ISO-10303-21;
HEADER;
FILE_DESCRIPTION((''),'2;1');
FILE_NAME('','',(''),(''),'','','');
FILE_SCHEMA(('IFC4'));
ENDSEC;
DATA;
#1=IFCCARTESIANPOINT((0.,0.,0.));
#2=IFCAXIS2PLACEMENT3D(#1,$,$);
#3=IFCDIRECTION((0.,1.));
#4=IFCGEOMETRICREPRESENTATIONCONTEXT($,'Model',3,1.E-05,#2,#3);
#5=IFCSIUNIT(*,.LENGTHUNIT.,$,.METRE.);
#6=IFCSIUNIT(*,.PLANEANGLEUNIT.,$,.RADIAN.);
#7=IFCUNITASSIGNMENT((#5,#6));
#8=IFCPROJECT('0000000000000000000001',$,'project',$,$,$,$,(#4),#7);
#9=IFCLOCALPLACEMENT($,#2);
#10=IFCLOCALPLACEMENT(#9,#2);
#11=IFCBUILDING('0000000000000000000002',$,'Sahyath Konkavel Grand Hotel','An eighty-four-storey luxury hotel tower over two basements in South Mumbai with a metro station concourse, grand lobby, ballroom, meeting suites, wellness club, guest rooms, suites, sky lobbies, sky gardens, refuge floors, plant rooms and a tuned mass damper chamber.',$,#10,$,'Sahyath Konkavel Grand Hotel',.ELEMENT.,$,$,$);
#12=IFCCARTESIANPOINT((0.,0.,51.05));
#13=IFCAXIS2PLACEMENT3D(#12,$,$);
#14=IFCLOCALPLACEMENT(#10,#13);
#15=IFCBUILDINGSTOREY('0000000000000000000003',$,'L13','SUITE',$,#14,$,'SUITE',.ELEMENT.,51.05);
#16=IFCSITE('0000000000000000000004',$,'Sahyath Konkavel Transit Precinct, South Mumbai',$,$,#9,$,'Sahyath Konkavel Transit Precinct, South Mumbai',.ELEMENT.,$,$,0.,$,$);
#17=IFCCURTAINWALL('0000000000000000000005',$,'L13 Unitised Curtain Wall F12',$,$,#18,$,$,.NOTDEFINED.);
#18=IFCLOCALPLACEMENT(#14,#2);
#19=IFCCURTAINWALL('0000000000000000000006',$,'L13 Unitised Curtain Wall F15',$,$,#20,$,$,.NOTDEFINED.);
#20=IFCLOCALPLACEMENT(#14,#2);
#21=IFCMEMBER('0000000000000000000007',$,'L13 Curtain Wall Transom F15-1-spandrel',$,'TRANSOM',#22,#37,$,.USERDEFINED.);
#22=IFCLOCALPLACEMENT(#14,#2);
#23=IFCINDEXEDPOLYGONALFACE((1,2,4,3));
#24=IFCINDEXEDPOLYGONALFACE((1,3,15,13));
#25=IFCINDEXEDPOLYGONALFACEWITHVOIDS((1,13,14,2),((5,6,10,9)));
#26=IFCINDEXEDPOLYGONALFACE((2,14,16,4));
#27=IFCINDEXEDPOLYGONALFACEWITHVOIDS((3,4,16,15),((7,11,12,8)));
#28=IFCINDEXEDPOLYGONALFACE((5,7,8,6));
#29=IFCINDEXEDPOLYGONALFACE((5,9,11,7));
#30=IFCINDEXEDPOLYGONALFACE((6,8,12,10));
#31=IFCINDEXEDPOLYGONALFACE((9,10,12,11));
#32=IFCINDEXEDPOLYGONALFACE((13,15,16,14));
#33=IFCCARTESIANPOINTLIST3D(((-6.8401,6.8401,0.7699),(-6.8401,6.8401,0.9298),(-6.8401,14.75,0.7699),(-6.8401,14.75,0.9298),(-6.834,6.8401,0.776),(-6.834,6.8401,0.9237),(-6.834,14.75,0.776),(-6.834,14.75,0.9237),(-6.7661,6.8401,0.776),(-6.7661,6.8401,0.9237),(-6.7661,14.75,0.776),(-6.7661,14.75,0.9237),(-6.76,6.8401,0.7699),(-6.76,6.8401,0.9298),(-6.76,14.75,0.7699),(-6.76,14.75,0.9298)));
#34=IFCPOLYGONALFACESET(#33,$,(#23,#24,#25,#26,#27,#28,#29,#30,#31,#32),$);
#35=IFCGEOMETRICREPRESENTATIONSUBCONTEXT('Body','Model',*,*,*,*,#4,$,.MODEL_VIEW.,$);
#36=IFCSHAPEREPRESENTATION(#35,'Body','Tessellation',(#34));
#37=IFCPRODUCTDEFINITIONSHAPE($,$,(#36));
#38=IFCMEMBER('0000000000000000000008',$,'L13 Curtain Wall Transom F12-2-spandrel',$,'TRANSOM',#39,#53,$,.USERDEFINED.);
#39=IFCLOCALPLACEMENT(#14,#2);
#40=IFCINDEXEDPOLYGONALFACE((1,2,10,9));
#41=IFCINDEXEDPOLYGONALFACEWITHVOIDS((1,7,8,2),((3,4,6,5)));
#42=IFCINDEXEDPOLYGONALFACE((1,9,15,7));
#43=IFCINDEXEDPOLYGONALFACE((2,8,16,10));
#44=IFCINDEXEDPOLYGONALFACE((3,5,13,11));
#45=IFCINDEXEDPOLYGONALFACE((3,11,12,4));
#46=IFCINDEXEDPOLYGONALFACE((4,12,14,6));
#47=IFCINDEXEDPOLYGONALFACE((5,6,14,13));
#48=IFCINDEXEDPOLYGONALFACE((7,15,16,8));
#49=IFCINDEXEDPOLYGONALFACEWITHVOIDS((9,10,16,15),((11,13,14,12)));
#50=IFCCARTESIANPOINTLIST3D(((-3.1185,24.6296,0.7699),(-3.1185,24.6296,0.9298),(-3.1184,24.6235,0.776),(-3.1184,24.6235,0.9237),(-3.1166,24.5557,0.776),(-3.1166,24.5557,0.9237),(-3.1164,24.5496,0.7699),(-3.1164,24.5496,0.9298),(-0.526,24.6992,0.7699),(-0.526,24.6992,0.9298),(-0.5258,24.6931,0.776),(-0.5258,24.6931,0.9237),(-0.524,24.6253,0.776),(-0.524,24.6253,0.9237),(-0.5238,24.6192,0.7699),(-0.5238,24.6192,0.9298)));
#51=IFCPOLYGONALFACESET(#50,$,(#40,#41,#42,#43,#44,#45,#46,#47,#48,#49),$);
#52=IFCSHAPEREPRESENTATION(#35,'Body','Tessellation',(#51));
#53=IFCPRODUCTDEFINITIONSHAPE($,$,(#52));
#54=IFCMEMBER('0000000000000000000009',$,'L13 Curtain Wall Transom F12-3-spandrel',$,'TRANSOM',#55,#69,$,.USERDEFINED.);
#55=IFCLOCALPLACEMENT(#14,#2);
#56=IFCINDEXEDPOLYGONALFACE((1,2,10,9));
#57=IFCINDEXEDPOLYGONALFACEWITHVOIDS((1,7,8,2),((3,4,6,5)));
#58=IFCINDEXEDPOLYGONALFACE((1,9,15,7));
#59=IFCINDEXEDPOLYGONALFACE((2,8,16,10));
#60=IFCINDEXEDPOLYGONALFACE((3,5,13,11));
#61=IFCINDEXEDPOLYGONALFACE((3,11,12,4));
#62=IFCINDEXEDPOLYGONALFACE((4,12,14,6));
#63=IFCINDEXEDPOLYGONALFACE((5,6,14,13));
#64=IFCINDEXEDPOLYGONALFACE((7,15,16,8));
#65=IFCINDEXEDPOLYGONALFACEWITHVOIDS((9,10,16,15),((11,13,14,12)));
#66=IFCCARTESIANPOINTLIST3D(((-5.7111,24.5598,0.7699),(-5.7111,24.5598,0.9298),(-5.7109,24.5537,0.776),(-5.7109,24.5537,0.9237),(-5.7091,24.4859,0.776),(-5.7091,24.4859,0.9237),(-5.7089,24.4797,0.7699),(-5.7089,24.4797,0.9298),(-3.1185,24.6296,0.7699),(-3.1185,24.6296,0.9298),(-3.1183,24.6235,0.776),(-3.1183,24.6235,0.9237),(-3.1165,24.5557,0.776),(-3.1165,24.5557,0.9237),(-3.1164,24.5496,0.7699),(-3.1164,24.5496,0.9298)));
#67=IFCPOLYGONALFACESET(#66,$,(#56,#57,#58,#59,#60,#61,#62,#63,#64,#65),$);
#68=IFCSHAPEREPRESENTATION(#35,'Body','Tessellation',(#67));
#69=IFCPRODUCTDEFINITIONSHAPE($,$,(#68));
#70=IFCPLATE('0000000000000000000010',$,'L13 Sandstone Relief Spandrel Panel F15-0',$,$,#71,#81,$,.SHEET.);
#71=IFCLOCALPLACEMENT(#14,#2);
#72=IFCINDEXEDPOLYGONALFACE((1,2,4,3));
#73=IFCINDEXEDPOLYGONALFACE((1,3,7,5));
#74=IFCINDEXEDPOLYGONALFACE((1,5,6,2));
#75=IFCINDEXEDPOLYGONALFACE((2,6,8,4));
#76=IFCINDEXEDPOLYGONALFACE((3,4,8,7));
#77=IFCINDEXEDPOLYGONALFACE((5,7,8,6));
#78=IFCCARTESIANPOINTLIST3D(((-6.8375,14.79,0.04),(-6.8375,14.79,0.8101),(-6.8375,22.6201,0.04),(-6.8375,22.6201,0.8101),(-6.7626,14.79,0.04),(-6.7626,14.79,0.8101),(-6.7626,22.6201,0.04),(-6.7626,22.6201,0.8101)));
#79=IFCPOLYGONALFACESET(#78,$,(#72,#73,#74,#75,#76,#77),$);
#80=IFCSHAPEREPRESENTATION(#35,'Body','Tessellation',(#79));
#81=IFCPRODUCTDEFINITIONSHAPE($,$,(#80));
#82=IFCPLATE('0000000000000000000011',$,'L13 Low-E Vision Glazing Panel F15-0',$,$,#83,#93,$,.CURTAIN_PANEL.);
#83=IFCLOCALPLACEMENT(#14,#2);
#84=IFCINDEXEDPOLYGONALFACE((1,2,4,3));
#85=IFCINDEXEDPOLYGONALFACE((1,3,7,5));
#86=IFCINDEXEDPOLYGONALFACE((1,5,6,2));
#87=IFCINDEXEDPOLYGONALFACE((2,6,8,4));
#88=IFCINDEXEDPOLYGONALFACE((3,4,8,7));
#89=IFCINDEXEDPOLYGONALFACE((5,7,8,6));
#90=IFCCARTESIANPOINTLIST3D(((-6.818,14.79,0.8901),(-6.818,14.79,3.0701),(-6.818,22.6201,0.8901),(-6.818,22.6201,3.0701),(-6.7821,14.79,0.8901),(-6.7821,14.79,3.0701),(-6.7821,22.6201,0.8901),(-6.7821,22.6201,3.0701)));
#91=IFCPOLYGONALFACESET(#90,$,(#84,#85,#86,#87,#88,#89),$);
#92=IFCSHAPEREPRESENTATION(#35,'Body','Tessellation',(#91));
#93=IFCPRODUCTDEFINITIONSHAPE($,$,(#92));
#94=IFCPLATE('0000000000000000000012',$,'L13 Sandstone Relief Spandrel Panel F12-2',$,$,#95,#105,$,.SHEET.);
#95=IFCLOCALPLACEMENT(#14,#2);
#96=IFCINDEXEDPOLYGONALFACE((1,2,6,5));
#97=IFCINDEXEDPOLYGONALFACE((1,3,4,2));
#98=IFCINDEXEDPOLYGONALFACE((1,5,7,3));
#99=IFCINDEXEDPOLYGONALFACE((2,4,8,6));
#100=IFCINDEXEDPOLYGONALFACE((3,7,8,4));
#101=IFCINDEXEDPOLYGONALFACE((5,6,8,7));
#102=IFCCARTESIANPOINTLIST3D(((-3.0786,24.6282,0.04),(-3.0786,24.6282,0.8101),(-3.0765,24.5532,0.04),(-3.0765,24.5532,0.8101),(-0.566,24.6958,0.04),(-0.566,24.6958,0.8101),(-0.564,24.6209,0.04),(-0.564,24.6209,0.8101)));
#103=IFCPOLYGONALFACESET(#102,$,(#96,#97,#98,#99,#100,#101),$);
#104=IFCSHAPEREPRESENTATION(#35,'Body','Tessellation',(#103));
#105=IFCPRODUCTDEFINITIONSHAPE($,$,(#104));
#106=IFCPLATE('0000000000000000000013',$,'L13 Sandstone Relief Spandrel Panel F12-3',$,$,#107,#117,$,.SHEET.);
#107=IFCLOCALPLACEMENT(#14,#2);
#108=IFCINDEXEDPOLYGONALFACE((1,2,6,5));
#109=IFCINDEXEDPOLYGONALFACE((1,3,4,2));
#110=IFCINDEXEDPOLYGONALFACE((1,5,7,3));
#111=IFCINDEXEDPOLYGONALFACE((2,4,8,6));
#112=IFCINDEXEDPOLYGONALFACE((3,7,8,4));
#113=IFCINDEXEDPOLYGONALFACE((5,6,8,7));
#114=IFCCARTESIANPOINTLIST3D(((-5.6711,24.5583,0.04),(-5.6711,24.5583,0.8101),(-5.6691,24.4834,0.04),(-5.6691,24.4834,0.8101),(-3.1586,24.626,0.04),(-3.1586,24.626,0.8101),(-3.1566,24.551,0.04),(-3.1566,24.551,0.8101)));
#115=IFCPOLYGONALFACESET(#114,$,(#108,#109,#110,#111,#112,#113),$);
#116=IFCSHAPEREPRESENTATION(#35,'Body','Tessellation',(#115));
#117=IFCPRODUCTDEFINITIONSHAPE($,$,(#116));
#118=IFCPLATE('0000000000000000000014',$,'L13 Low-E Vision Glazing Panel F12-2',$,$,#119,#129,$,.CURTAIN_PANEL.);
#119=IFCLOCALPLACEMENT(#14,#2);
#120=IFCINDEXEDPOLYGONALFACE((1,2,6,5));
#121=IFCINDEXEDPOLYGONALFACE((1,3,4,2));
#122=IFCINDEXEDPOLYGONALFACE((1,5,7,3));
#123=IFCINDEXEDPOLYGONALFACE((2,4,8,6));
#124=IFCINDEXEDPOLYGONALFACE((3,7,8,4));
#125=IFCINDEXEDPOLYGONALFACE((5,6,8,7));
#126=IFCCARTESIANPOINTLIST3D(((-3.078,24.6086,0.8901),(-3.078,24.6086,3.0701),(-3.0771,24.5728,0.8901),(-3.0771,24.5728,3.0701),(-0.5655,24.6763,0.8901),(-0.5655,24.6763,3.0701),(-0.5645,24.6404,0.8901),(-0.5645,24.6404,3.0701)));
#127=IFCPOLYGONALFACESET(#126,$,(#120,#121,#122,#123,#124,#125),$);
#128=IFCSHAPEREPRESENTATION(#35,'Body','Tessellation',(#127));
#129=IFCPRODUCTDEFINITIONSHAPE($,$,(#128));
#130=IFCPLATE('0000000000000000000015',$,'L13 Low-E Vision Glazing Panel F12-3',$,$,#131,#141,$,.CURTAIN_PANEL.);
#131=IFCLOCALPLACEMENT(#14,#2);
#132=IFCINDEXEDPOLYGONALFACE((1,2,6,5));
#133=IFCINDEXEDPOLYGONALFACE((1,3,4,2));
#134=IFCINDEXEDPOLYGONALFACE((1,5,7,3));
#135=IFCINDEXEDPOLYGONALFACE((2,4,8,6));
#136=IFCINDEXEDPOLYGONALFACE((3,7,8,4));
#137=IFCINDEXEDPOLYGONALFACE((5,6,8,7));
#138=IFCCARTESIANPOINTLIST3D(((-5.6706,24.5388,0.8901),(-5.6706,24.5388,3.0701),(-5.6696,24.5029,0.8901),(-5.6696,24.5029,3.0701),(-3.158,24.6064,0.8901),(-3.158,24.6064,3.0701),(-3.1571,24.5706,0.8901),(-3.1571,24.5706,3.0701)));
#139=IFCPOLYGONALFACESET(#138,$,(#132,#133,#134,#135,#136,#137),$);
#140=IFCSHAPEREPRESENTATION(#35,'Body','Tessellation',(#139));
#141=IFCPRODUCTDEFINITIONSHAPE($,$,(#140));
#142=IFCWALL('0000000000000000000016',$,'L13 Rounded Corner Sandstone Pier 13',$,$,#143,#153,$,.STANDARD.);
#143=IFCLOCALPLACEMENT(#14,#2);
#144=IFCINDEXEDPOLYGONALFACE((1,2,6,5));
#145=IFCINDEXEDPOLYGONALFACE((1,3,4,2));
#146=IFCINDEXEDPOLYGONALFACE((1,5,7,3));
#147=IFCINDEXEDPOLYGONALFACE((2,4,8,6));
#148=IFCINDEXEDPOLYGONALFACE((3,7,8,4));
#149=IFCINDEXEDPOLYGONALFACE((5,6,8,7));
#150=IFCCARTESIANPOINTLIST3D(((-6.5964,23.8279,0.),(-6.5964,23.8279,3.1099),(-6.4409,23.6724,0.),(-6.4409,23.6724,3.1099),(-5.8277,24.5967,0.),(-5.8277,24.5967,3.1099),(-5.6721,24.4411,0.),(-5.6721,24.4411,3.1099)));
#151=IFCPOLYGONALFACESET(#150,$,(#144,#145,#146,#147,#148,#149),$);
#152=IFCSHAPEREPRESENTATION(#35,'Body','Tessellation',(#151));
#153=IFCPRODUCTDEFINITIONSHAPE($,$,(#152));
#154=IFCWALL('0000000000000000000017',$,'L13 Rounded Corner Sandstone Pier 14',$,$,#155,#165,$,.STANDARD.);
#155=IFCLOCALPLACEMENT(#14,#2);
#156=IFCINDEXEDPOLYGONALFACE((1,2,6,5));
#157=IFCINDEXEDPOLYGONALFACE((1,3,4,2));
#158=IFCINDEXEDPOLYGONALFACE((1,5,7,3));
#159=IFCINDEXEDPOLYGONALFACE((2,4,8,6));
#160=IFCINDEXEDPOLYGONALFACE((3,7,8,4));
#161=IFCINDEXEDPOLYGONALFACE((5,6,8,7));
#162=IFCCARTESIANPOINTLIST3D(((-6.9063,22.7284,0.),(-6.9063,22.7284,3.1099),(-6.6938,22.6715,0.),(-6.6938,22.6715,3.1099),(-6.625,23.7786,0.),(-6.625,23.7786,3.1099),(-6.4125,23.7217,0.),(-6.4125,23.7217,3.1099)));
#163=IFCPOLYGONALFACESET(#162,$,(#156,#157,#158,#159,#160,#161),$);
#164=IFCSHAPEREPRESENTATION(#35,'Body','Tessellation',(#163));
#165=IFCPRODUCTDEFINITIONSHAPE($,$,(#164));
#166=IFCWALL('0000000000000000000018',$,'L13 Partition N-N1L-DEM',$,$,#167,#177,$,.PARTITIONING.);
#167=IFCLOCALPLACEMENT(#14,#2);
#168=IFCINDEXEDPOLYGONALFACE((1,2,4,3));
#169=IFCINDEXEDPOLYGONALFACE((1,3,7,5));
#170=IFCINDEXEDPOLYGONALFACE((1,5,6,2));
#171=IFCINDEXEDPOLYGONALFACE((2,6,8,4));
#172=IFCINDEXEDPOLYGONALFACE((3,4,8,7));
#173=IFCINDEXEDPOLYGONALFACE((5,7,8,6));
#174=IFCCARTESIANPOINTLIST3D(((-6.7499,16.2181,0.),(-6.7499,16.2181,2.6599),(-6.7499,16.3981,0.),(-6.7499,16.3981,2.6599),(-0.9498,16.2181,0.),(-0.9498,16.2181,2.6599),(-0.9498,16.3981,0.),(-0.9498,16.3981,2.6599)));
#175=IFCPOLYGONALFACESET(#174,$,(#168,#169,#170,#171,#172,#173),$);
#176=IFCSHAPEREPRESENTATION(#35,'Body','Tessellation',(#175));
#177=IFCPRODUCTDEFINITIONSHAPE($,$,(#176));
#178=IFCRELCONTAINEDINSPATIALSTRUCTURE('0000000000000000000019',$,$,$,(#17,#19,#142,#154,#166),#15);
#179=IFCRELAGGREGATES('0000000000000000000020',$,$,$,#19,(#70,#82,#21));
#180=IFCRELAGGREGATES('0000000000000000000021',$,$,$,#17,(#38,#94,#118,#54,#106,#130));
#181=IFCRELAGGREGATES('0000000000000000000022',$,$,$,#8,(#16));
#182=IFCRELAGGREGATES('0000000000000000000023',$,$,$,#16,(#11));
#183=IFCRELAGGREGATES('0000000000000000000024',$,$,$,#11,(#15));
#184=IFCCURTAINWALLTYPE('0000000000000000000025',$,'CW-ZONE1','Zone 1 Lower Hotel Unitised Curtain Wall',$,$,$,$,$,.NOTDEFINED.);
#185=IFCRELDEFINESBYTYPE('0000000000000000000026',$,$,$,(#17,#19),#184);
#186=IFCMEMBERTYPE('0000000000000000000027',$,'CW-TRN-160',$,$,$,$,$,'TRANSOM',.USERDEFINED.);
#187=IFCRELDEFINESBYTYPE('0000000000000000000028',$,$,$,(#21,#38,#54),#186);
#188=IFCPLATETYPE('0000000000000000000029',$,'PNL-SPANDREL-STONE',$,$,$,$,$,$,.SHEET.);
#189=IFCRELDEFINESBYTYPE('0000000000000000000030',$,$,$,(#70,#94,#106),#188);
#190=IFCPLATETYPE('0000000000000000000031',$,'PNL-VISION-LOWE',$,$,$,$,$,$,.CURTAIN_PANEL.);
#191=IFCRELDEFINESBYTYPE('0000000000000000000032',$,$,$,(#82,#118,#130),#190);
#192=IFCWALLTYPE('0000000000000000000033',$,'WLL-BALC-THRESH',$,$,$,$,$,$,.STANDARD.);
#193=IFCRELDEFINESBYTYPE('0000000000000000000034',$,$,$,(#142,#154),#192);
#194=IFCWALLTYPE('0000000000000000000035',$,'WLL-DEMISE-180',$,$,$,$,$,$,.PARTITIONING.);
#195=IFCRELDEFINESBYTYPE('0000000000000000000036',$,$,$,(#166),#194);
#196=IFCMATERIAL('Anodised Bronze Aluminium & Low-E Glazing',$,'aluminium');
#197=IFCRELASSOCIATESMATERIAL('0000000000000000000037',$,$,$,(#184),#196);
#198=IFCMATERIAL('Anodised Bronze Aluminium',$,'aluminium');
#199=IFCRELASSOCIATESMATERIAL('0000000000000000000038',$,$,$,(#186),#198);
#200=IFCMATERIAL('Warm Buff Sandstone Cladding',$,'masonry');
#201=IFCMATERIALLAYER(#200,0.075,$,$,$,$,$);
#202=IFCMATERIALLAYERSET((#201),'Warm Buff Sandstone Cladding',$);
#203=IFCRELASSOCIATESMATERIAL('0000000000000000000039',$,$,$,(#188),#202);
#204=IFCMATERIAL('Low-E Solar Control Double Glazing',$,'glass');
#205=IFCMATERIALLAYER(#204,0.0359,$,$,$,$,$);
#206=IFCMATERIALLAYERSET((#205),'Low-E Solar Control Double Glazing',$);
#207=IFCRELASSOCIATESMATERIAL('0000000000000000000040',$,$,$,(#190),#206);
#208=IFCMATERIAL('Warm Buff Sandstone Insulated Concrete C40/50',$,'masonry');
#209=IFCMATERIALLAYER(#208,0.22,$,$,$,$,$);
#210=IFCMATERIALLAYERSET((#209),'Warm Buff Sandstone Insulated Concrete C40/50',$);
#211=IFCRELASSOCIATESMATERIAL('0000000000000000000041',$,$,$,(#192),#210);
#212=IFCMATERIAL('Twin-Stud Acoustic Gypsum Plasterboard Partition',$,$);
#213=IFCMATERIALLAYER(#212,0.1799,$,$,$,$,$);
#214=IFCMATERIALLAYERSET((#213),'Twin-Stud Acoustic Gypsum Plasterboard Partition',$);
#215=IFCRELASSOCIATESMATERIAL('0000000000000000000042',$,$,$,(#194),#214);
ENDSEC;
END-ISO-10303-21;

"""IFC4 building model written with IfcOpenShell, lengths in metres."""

from ifc_helpers import new_model, si_unit, direction, frame, frame_2d, origin, origin_2d, place, context, subcontext, project, spatial, rectangle, hollow_rectangle, extrude, source, transform, mapped, material, layer, layer_set, material_profile, profile_set, type_object, element, aggregate, save


model = new_model("IFC4")

# Units and contexts
model_context = context("Model", 3, precision=1e-05, world=origin(), true_north=direction((0.0, 1.0)))
body_context = subcontext(model_context, "Body", "Model", "MODEL_VIEW")
ifc_project = project(units=[si_unit("LENGTHUNIT", "METRE"), si_unit("PLANEANGLEUNIT", "RADIAN")], contexts=[model_context])

# Site, building, storey
site_placement = place(None, origin())
site = spatial("IfcSite", under=ifc_project, at=site_placement, Name="Sahyath Konkavel Transit Precinct, South Mumbai", LongName="Sahyath Konkavel Transit Precinct, South Mumbai", CompositionType="ELEMENT", RefElevation=0.0)
building_placement = place(site_placement, origin())
building = spatial("IfcBuilding", under=site, at=building_placement, Name="Sahyath Konkavel Grand Hotel", Description="An eighty-four-storey luxury hotel tower over two basements in South Mumbai with a metro station concourse, grand lobby, ballroom, meeting suites, wellness club, guest rooms, suites, sky lobbies, sky gardens, refuge floors, plant rooms and a tuned mass damper chamber.", LongName="Sahyath Konkavel Grand Hotel", CompositionType="ELEMENT")
storey_placement = place(building_placement, frame((0.0, 0.0, 51.05)))
storey = spatial("IfcBuildingStorey", under=building, at=storey_placement, Name="L13", Description="SUITE", LongName="SUITE", CompositionType="ELEMENT", Elevation=51.05)

# Curtain walls
ifc_material_1 = material(Name="Anodised Bronze Aluminium & Low-E Glazing", Category="aluminium")
curtain_wall_type = type_object("IfcCurtainWallType", Name="CW-ZONE1", Description="Zone 1 Lower Hotel Unitised Curtain Wall", PredefinedType="NOTDEFINED", material=ifc_material_1)
curtain_wall_1_placement = place(storey_placement, origin())
curtain_wall_1 = element("IfcCurtainWall", 1, at=curtain_wall_1_placement, inside=storey, type_object=curtain_wall_type, Name="L13 Unitised Curtain Wall F12", PredefinedType="NOTDEFINED")
ifc_material_2 = material(Name="Anodised Bronze Aluminium", Category="aluminium")
curtain_wall_2_placement = place(storey_placement, origin())
curtain_wall_2 = element("IfcCurtainWall", 2, at=curtain_wall_2_placement, inside=storey, type_object=curtain_wall_type, Name="L13 Unitised Curtain Wall F15", PredefinedType="NOTDEFINED")

# Members
ifc_material_profile_1 = material_profile(ifc_material_2, hollow_rectangle(XDim=0.0801, YDim=0.1599, WallThickness=0.0061, at=origin_2d()), Name="RHS 160x80x6")
ifc_profile_set_1 = profile_set([ifc_material_profile_1], Name="Anodised Bronze Aluminium")
member_type_1 = type_object("IfcMemberType", Name="CW-TRN-160", ElementType="TRANSOM", PredefinedType="USERDEFINED", material=ifc_profile_set_1)
shared_shape_1 = source(origin(), body_context, "Body", "SweptSolid", [
    extrude(hollow_rectangle(XDim=0.0801, YDim=0.1599, WallThickness=0.0061, at=origin_2d()), origin(), (0.0, 0.0, 1.0), 7.9099),
])
member_1_placement = place(storey_placement, frame((-6.8, 14.75, 0.8499), z_axis=(0.0, -1.0, 0.0), x_axis=(1.0, 0.0, 0.0)))
member_1 = element("IfcMember", 3, at=member_1_placement, type_object=member_type_1, Name="L13 Curtain Wall Transom F15-1-spandrel", ObjectType="TRANSOM", PredefinedType="USERDEFINED", context=body_context, shape_type="MappedRepresentation", body=[
    mapped(shared_shape_1, transform((0.0, 0.0, 0.0), scale=1.0)),
])
shared_shape_2 = source(origin(), body_context, "Body", "SweptSolid", [
    extrude(hollow_rectangle(XDim=0.0801, YDim=0.1599, WallThickness=0.0061, at=origin_2d()), origin(), (0.0, 0.0, 1.0), 2.5935),
])
member_2_placement = place(storey_placement, frame((-0.5249, 24.6592, 0.8499), z_axis=(-0.99964, -0.026829, 0.0), x_axis=(0.026829, -0.99964, 0.0)))
member_2 = element("IfcMember", 4, at=member_2_placement, type_object=member_type_1, Name="L13 Curtain Wall Transom F12-2-spandrel", ObjectType="TRANSOM", PredefinedType="USERDEFINED", context=body_context, shape_type="MappedRepresentation", body=[
    mapped(shared_shape_2, transform((0.0, 0.0, 0.0), scale=1.0)),
])
member_3_placement = place(storey_placement, frame((-3.1174, 24.5896, 0.8499), z_axis=(-0.999638, -0.026923, 0.0), x_axis=(0.026923, -0.999638, 0.0)))
member_3 = element("IfcMember", 5, at=member_3_placement, type_object=member_type_1, Name="L13 Curtain Wall Transom F12-3-spandrel", ObjectType="TRANSOM", PredefinedType="USERDEFINED", context=body_context, shape_type="MappedRepresentation", body=[
    mapped(shared_shape_2, transform((0.0, 0.0, 0.0), scale=1.0)),
])

# Plates
ifc_material_3 = material(Name="Warm Buff Sandstone Cladding", Category="masonry")
ifc_layer_1 = layer(ifc_material_3, 0.075)
ifc_layer_set_1 = layer_set([ifc_layer_1], Name="Warm Buff Sandstone Cladding")
plate_type_1 = type_object("IfcPlateType", Name="PNL-SPANDREL-STONE", PredefinedType="SHEET", material=ifc_layer_set_1)
shared_shape_3 = source(origin(), body_context, "Body", "SweptSolid", [
    extrude(rectangle(XDim=7.8301, YDim=0.075, at=origin_2d()), origin(), (0.0, 0.0, 1.0), 0.77),
])
plate_1_placement = place(storey_placement, frame((-6.8, 18.7051, 0.04), z_axis=(0.0, 0.0, 1.0), x_axis=(0.0, -1.0, 0.0)))
plate_1 = element("IfcPlate", 6, at=plate_1_placement, type_object=plate_type_1, Name="L13 Sandstone Relief Spandrel Panel F15-0", PredefinedType="SHEET", context=body_context, shape_type="MappedRepresentation", body=[
    mapped(shared_shape_3, transform((0.0, 0.0, 0.0), scale=1.0)),
])
ifc_material_4 = material(Name="Low-E Solar Control Double Glazing", Category="glass")
ifc_layer_2 = layer(ifc_material_4, 0.0359)
ifc_layer_set_2 = layer_set([ifc_layer_2], Name="Low-E Solar Control Double Glazing")
plate_type_2 = type_object("IfcPlateType", Name="PNL-VISION-LOWE", PredefinedType="CURTAIN_PANEL", material=ifc_layer_set_2)
shared_shape_4 = source(origin(), body_context, "Body", "SweptSolid", [
    extrude(rectangle(XDim=7.8301, YDim=0.0359, at=origin_2d()), origin(), (0.0, 0.0, 1.0), 2.1799),
])
plate_2_placement = place(storey_placement, frame((-6.8, 18.7051, 0.8901), z_axis=(0.0, 0.0, 1.0), x_axis=(0.0, -1.0, 0.0)))
plate_2 = element("IfcPlate", 7, at=plate_2_placement, type_object=plate_type_2, Name="L13 Low-E Vision Glazing Panel F15-0", PredefinedType="CURTAIN_PANEL", context=body_context, shape_type="MappedRepresentation", body=[
    mapped(shared_shape_4, transform((0.0, 0.0, 0.0), scale=1.0)),
])
aggregate(curtain_wall_2, [plate_1, plate_2, member_1])
shared_shape_5 = source(origin(), body_context, "Body", "SweptSolid", [
    extrude(rectangle(XDim=2.5134, YDim=0.075, at=origin_2d()), origin(), (0.0, 0.0, 1.0), 0.77),
])
plate_3_placement = place(storey_placement, frame((-1.8213, 24.6245, 0.04), z_axis=(0.0, 0.0, 1.0), x_axis=(-0.999638, -0.02691, 0.0)))
plate_3 = element("IfcPlate", 8, at=plate_3_placement, type_object=plate_type_1, Name="L13 Sandstone Relief Spandrel Panel F12-2", PredefinedType="SHEET", context=body_context, shape_type="MappedRepresentation", body=[
    mapped(shared_shape_5, transform((0.0, 0.0, 0.0), scale=1.0)),
])
plate_4_placement = place(storey_placement, frame((-4.4138, 24.5547, 0.04), z_axis=(0.0, 0.0, 1.0), x_axis=(-0.999638, -0.02691, 0.0)))
plate_4 = element("IfcPlate", 9, at=plate_4_placement, type_object=plate_type_1, Name="L13 Sandstone Relief Spandrel Panel F12-3", PredefinedType="SHEET", context=body_context, shape_type="MappedRepresentation", body=[
    mapped(shared_shape_5, transform((0.0, 0.0, 0.0), scale=1.0)),
])
shared_shape_6 = source(origin(), body_context, "Body", "SweptSolid", [
    extrude(rectangle(XDim=2.5134, YDim=0.0359, at=origin_2d()), origin(), (0.0, 0.0, 1.0), 2.1799),
])
plate_5_placement = place(storey_placement, frame((-1.8213, 24.6245, 0.8901), z_axis=(0.0, 0.0, 1.0), x_axis=(-0.999638, -0.02691, 0.0)))
plate_5 = element("IfcPlate", 10, at=plate_5_placement, type_object=plate_type_2, Name="L13 Low-E Vision Glazing Panel F12-2", PredefinedType="CURTAIN_PANEL", context=body_context, shape_type="MappedRepresentation", body=[
    mapped(shared_shape_6, transform((0.0, 0.0, 0.0), scale=1.0)),
])
plate_6_placement = place(storey_placement, frame((-4.4138, 24.5547, 0.8901), z_axis=(0.0, 0.0, 1.0), x_axis=(-0.999638, -0.02691, 0.0)))
plate_6 = element("IfcPlate", 11, at=plate_6_placement, type_object=plate_type_2, Name="L13 Low-E Vision Glazing Panel F12-3", PredefinedType="CURTAIN_PANEL", context=body_context, shape_type="MappedRepresentation", body=[
    mapped(shared_shape_6, transform((0.0, 0.0, 0.0), scale=1.0)),
])
aggregate(curtain_wall_1, [member_2, plate_3, plate_5, member_3, plate_4, plate_6])

# Walls
ifc_material_5 = material(Name="Warm Buff Sandstone Insulated Concrete C40/50", Category="masonry")
ifc_layer_3 = layer(ifc_material_5, 0.22)
ifc_layer_set_3 = layer_set([ifc_layer_3], Name="Warm Buff Sandstone Insulated Concrete C40/50")
wall_type_1 = type_object("IfcWallType", Name="WLL-BALC-THRESH", PredefinedType="STANDARD", material=ifc_layer_set_3)
for number, where, z_axis, x_axis, name in (
    (12, (-5.75, 24.5188, 0.0), (0.0, 0.0, 1.0), (-0.707107, -0.707107, 0.0), "L13 Rounded Corner Sandstone Pier 13"),
    (13, (-6.5188, 23.75, 0.0), (0.0, 0.0, 1.0), (-0.258725, -0.965951, 0.0), "L13 Rounded Corner Sandstone Pier 14"),
):
    element("IfcWall", number, at=place(storey_placement, frame(where, z_axis=z_axis, x_axis=x_axis)), inside=storey, type_object=wall_type_1, Name=name, PredefinedType="STANDARD", context=body_context, shape_type="SweptSolid", body=[
        extrude(rectangle(XDim=1.0872, YDim=0.22, at=frame_2d((0.5435, 0.0))), origin(), (0.0, 0.0, 1.0), 3.1099),
    ])
ifc_material_6 = material(Name="Twin-Stud Acoustic Gypsum Plasterboard Partition")
ifc_layer_4 = layer(ifc_material_6, 0.1799)
ifc_layer_set_4 = layer_set([ifc_layer_4], Name="Twin-Stud Acoustic Gypsum Plasterboard Partition")
wall_type_2 = type_object("IfcWallType", Name="WLL-DEMISE-180", PredefinedType="PARTITIONING", material=ifc_layer_set_4)
wall_1_placement = place(storey_placement, frame((-0.95, 16.3081, 0.0), z_axis=(0.0, 0.0, 1.0), x_axis=(-1.0, 0.0, 0.0)))
element("IfcWall", 14, at=wall_1_placement, inside=storey, type_object=wall_type_2, Name="L13 Partition N-N1L-DEM", PredefinedType="PARTITIONING", context=body_context, shape_type="SweptSolid", body=[
    extrude(rectangle(XDim=5.8, YDim=0.1799, at=frame_2d((2.8999, 0.0))), origin(), (0.0, 0.0, 1.0), 2.6599),
])

save(model, "model.ifc")
